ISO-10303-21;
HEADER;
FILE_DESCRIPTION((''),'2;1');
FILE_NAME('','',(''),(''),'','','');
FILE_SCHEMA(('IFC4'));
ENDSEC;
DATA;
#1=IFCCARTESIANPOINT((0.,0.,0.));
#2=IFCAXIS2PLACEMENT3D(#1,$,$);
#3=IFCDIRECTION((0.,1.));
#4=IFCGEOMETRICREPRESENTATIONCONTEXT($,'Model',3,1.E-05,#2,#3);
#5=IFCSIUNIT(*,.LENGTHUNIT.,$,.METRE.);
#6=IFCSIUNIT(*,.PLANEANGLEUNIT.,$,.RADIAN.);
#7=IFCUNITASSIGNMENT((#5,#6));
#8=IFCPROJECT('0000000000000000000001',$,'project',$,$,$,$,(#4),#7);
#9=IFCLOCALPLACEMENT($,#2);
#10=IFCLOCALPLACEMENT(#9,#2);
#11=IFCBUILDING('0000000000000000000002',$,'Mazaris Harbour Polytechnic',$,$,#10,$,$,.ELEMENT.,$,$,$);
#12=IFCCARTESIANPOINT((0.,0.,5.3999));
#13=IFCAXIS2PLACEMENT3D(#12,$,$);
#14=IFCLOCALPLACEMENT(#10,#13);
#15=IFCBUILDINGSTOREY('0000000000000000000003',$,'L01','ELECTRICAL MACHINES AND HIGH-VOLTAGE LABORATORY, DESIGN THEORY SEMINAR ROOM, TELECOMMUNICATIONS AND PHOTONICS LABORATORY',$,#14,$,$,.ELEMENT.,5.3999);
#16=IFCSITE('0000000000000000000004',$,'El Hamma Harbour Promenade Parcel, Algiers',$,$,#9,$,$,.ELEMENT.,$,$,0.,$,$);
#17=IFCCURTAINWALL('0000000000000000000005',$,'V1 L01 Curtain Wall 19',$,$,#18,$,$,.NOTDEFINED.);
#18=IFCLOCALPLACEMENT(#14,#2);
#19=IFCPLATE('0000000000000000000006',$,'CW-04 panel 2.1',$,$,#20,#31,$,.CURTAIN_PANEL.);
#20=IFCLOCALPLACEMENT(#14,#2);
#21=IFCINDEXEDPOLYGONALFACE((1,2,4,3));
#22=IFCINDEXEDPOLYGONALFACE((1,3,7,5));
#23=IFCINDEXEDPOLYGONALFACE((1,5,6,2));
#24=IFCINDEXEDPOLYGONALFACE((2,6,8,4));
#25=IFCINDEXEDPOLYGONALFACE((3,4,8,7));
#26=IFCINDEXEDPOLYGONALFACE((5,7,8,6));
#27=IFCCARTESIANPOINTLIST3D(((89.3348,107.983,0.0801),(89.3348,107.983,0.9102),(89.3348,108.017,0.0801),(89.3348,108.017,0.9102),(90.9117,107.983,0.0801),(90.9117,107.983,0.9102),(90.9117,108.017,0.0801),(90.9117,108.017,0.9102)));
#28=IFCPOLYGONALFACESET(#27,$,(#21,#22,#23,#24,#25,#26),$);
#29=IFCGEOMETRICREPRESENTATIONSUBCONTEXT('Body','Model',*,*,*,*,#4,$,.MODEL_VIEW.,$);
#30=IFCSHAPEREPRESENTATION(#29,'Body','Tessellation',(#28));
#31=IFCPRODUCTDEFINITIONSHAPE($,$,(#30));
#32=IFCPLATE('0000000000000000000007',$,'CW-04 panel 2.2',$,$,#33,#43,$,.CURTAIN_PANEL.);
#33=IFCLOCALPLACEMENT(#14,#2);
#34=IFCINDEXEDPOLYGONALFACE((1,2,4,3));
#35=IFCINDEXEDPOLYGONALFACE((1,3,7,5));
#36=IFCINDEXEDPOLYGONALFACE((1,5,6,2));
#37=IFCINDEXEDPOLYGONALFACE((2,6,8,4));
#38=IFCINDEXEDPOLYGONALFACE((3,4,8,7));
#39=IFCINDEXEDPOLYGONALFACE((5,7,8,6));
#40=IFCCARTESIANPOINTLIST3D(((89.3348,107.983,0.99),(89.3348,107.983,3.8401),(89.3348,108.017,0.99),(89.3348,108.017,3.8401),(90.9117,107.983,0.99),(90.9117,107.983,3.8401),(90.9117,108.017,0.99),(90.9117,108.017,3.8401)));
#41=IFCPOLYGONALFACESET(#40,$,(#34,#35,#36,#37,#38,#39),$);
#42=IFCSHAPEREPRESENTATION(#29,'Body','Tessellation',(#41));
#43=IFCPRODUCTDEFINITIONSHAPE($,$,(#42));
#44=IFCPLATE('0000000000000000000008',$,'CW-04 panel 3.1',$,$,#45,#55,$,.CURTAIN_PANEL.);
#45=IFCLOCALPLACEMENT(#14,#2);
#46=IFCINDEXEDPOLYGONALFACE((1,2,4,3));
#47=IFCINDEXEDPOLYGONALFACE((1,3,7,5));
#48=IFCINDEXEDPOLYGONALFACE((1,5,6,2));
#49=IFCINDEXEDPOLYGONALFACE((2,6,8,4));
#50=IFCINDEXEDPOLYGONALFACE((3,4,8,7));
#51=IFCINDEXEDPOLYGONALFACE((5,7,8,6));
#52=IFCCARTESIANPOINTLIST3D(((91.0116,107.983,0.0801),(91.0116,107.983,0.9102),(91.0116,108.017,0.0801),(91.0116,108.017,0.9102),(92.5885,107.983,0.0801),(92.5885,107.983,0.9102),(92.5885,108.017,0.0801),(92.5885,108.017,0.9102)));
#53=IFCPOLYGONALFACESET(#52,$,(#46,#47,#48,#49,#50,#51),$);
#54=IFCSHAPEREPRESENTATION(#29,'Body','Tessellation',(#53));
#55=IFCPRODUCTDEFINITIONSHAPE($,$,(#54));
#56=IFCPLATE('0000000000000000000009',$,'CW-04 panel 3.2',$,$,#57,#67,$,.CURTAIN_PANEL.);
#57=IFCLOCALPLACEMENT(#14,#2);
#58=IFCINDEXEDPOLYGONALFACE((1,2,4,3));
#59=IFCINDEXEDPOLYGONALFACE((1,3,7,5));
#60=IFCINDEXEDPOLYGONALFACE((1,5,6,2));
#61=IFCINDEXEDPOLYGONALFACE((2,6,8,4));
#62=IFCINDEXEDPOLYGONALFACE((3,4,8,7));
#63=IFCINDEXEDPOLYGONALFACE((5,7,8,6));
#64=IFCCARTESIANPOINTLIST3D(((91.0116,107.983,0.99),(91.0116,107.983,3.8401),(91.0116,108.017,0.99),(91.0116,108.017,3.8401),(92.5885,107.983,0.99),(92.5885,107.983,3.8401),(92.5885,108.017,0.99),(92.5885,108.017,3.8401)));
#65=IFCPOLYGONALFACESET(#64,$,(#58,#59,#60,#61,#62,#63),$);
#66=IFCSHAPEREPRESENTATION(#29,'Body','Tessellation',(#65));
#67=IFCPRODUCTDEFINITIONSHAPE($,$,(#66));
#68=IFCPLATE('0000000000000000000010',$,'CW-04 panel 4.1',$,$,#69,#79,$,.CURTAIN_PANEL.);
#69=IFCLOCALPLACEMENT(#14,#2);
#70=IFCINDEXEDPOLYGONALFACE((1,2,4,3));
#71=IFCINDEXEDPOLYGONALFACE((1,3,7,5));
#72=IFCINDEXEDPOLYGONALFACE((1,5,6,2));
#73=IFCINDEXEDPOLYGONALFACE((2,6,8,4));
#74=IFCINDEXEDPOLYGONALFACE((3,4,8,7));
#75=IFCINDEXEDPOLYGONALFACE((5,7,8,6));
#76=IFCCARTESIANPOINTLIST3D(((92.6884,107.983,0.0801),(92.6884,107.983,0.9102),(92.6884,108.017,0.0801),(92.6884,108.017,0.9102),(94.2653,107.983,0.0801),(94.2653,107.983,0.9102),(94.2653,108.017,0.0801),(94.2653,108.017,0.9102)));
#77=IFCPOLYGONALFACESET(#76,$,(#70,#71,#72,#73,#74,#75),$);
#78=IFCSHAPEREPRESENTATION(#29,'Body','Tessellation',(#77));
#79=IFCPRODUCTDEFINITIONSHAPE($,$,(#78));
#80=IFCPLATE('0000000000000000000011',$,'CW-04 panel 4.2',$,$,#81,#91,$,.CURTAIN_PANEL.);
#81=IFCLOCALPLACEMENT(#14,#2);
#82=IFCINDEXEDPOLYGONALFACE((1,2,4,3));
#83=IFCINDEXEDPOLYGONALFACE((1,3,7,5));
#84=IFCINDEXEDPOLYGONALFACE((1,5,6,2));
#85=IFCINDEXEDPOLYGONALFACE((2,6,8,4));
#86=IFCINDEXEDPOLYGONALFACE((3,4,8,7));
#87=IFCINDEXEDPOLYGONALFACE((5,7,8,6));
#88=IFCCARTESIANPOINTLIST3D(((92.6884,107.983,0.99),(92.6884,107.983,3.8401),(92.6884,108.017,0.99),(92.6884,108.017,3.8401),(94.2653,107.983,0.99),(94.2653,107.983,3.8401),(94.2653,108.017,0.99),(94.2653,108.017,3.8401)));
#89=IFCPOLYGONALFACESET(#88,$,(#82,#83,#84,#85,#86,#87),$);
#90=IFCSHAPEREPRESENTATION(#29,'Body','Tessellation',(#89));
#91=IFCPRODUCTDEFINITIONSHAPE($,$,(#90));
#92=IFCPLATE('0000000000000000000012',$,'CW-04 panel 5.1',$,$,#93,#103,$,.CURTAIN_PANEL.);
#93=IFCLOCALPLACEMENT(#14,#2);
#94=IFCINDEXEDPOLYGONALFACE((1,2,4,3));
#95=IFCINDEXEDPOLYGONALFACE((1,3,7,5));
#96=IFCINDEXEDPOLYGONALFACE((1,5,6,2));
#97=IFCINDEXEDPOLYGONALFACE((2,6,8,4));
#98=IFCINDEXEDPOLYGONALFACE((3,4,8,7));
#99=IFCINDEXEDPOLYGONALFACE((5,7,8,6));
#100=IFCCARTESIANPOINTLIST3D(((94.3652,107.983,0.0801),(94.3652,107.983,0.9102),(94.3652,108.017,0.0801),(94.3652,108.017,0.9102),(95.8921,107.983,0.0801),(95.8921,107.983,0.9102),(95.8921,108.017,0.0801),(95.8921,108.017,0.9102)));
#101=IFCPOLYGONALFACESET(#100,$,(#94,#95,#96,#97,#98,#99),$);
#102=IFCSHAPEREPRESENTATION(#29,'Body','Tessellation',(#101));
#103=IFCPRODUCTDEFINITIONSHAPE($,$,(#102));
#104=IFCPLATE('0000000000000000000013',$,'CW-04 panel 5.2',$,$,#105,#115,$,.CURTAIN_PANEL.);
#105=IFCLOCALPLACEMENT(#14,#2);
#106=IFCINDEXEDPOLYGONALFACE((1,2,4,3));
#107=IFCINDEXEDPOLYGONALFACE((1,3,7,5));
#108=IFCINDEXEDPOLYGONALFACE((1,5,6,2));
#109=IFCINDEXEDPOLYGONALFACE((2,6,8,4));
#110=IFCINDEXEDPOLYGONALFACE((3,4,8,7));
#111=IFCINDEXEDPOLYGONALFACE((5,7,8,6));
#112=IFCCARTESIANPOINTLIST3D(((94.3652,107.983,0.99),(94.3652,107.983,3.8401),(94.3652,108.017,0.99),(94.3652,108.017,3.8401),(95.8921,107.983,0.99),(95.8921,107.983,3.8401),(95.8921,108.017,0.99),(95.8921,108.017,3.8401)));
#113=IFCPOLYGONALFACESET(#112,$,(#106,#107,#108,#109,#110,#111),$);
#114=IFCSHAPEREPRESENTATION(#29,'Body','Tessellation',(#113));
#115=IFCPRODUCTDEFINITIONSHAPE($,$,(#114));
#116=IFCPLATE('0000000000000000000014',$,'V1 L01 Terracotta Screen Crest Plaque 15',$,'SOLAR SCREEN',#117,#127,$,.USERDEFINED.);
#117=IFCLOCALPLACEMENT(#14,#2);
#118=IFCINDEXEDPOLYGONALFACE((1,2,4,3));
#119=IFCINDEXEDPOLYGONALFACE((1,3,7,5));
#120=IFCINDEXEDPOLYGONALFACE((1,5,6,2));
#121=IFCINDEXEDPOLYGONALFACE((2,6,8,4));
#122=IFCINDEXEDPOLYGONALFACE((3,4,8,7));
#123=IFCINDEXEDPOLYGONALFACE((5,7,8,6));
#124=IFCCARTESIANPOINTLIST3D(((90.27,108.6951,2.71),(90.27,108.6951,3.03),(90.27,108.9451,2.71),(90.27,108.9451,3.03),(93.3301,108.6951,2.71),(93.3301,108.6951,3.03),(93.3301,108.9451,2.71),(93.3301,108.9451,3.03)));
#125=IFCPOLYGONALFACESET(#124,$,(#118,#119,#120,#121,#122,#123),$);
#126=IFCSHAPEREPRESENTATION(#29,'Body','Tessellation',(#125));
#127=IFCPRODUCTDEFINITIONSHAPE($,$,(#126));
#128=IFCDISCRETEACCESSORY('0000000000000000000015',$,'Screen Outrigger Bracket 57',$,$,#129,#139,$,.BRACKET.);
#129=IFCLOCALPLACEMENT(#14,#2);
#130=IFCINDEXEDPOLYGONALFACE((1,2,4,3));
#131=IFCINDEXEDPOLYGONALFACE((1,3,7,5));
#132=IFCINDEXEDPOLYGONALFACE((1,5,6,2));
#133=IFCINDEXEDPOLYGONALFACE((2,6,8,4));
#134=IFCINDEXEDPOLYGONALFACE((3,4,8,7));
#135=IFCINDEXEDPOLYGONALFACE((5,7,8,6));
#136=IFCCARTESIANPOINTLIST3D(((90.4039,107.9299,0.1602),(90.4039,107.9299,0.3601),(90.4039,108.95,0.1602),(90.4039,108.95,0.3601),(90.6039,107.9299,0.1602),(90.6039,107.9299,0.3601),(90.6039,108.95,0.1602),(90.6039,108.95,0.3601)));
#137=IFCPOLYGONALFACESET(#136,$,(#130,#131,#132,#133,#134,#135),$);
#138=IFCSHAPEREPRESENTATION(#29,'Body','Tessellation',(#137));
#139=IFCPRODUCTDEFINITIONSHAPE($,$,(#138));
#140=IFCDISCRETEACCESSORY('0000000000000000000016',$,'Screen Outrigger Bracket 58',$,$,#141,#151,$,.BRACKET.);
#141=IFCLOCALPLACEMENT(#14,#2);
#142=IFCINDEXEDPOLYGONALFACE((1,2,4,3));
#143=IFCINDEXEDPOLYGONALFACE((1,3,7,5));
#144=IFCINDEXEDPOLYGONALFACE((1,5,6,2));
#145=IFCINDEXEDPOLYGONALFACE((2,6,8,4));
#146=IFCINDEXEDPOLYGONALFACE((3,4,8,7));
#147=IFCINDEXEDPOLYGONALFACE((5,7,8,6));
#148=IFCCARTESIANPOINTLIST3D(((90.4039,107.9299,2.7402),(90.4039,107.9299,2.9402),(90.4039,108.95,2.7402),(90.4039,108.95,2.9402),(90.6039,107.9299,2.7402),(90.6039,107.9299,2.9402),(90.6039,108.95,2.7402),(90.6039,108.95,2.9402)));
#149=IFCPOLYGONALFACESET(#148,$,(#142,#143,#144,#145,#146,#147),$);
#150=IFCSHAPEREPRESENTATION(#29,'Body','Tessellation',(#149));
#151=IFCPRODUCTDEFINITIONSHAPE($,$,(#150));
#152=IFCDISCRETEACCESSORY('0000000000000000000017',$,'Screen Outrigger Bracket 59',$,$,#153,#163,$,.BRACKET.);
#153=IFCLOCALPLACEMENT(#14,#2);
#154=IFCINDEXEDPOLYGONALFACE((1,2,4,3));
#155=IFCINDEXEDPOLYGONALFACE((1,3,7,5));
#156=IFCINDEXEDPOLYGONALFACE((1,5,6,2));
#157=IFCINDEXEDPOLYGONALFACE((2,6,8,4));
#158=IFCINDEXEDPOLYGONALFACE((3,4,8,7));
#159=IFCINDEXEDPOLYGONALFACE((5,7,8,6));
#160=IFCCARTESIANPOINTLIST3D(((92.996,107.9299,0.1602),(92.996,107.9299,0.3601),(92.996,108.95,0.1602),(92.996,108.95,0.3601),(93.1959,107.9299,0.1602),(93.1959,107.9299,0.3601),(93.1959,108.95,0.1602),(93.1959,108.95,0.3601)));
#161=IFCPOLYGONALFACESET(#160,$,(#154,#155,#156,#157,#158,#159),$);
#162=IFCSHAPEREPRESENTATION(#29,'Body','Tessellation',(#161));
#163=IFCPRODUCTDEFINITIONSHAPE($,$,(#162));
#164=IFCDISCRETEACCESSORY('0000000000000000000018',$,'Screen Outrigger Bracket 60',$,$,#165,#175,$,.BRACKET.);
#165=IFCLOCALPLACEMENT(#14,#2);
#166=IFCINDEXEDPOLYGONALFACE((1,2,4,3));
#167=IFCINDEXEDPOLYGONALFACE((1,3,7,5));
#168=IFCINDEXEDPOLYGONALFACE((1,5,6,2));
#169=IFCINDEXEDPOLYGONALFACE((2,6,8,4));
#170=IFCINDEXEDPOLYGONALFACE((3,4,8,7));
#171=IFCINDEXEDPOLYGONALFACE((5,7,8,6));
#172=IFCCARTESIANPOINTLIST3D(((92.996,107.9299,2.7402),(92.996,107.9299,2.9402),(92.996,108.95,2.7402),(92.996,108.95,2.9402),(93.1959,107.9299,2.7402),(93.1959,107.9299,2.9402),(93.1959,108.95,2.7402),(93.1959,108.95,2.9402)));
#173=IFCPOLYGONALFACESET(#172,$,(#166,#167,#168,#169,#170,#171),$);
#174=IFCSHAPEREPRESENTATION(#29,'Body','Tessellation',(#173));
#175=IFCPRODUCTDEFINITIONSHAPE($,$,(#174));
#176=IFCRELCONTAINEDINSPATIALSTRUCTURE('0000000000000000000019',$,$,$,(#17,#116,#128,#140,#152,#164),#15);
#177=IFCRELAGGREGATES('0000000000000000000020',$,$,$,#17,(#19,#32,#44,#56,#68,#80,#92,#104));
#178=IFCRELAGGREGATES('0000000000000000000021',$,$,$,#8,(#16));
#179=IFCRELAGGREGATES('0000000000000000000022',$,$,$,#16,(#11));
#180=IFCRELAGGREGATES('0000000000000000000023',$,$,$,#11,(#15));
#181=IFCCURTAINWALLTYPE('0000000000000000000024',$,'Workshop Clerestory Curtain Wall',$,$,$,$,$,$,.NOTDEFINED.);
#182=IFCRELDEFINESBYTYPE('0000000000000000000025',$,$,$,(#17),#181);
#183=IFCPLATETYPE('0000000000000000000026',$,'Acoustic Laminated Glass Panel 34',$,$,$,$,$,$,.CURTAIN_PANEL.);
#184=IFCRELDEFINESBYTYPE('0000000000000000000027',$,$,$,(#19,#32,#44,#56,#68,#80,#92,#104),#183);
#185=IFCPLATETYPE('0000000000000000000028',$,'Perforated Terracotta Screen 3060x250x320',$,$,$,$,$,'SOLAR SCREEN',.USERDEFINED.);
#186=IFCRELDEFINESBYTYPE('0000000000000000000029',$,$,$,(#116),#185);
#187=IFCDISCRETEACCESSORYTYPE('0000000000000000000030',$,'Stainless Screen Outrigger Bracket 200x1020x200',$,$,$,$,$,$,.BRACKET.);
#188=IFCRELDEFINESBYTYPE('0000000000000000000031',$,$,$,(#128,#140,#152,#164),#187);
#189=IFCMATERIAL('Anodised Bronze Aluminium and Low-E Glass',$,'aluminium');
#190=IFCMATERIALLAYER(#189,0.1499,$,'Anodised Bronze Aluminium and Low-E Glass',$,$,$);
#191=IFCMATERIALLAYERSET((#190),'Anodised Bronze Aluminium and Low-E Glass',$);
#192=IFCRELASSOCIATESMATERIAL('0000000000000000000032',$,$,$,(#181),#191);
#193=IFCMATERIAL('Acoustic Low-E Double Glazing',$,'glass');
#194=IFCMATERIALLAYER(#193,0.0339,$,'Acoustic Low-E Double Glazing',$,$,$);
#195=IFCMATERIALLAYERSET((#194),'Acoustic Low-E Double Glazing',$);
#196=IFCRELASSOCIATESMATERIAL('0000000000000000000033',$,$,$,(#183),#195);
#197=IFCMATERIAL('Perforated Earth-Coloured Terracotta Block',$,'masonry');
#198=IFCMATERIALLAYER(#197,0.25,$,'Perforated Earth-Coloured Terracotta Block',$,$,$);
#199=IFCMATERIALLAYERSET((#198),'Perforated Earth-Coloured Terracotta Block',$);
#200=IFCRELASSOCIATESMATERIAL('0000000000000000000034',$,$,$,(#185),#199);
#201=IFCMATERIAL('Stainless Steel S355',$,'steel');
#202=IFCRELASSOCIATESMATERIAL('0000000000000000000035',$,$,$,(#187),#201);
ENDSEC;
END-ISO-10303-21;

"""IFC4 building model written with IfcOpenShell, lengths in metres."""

from ifc_helpers import new_model, si_unit, direction, frame, origin, origin_2d, place, context, subcontext, project, spatial, rectangle, extrude, material, layer, layer_set, type_object, element, aggregate, save


model = new_model("IFC4")

# Units and contexts
model_context = context("Model", 3, precision=1e-05, world=origin(), true_north=direction((0.0, 1.0)))
body_context = subcontext(model_context, "Body", "Model", "MODEL_VIEW")
ifc_project = project(units=[si_unit("LENGTHUNIT", "METRE"), si_unit("PLANEANGLEUNIT", "RADIAN")], contexts=[model_context])

# Site, building, storey
site_placement = place(None, origin())
site = spatial("IfcSite", under=ifc_project, at=site_placement, Name="El Hamma Harbour Promenade Parcel, Algiers", CompositionType="ELEMENT", RefElevation=0.0)
building_placement = place(site_placement, origin())
building = spatial("IfcBuilding", under=site, at=building_placement, Name="Mazaris Harbour Polytechnic", CompositionType="ELEMENT")
storey_placement = place(building_placement, frame((0.0, 0.0, 5.3999)))
storey = spatial("IfcBuildingStorey", under=building, at=storey_placement, Name="L01", Description="ELECTRICAL MACHINES AND HIGH-VOLTAGE LABORATORY, DESIGN THEORY SEMINAR ROOM, TELECOMMUNICATIONS AND PHOTONICS LABORATORY", CompositionType="ELEMENT", Elevation=5.3999)

# Curtain wall, plates
ifc_material_1 = material(Name="Anodised Bronze Aluminium and Low-E Glass", Category="aluminium")
ifc_layer_1 = layer(ifc_material_1, 0.1499, Name="Anodised Bronze Aluminium and Low-E Glass")
ifc_layer_set_1 = layer_set([ifc_layer_1], Name="Anodised Bronze Aluminium and Low-E Glass")
curtain_wall_type = type_object("IfcCurtainWallType", Name="Workshop Clerestory Curtain Wall", PredefinedType="NOTDEFINED", material=ifc_layer_set_1)
curtain_wall_placement = place(storey_placement, origin())
curtain_wall = element("IfcCurtainWall", 1, at=curtain_wall_placement, inside=storey, type_object=curtain_wall_type, Name="V1 L01 Curtain Wall 19", PredefinedType="NOTDEFINED")
ifc_material_2 = material(Name="Acoustic Low-E Double Glazing", Category="glass")
ifc_layer_2 = layer(ifc_material_2, 0.0339, Name="Acoustic Low-E Double Glazing")
ifc_layer_set_2 = layer_set([ifc_layer_2], Name="Acoustic Low-E Double Glazing")
plate_type_1 = type_object("IfcPlateType", Name="Acoustic Laminated Glass Panel 34", PredefinedType="CURTAIN_PANEL", material=ifc_layer_set_2)
plate_1_placement = place(storey_placement, frame((90.1233, 108.0, 0.0801), z_axis=(0.0, 0.0, 1.0), x_axis=(1.0, 0.0, 0.0)))
plate_1 = element("IfcPlate", 2, at=plate_1_placement, type_object=plate_type_1, Name="CW-04 panel 2.1", PredefinedType="CURTAIN_PANEL", context=body_context, shape_type="SweptSolid", body=[
    extrude(rectangle(XDim=1.5769, YDim=0.0339, at=origin_2d()), origin(), (0.0, 0.0, 1.0), 0.8301),
])
plate_2_placement = place(storey_placement, frame((90.1233, 108.0, 0.99), z_axis=(0.0, 0.0, 1.0), x_axis=(1.0, 0.0, 0.0)))
plate_2 = element("IfcPlate", 3, at=plate_2_placement, type_object=plate_type_1, Name="CW-04 panel 2.2", PredefinedType="CURTAIN_PANEL", context=body_context, shape_type="SweptSolid", body=[
    extrude(rectangle(XDim=1.5769, YDim=0.0339, at=origin_2d()), origin(), (0.0, 0.0, 1.0), 2.8501),
])
plate_3_placement = place(storey_placement, frame((91.8, 108.0, 0.0801), z_axis=(0.0, 0.0, 1.0), x_axis=(1.0, 0.0, 0.0)))
plate_3 = element("IfcPlate", 4, at=plate_3_placement, type_object=plate_type_1, Name="CW-04 panel 3.1", PredefinedType="CURTAIN_PANEL", context=body_context, shape_type="SweptSolid", body=[
    extrude(rectangle(XDim=1.5769, YDim=0.0339, at=origin_2d()), origin(), (0.0, 0.0, 1.0), 0.8301),
])
plate_4_placement = place(storey_placement, frame((91.8, 108.0, 0.99), z_axis=(0.0, 0.0, 1.0), x_axis=(1.0, 0.0, 0.0)))
plate_4 = element("IfcPlate", 5, at=plate_4_placement, type_object=plate_type_1, Name="CW-04 panel 3.2", PredefinedType="CURTAIN_PANEL", context=body_context, shape_type="SweptSolid", body=[
    extrude(rectangle(XDim=1.5769, YDim=0.0339, at=origin_2d()), origin(), (0.0, 0.0, 1.0), 2.8501),
])
plate_5_placement = place(storey_placement, frame((93.4768, 108.0, 0.0801), z_axis=(0.0, 0.0, 1.0), x_axis=(1.0, 0.0, 0.0)))
plate_5 = element("IfcPlate", 6, at=plate_5_placement, type_object=plate_type_1, Name="CW-04 panel 4.1", PredefinedType="CURTAIN_PANEL", context=body_context, shape_type="SweptSolid", body=[
    extrude(rectangle(XDim=1.5769, YDim=0.0339, at=origin_2d()), origin(), (0.0, 0.0, 1.0), 0.8301),
])
plate_6_placement = place(storey_placement, frame((93.4768, 108.0, 0.99), z_axis=(0.0, 0.0, 1.0), x_axis=(1.0, 0.0, 0.0)))
plate_6 = element("IfcPlate", 7, at=plate_6_placement, type_object=plate_type_1, Name="CW-04 panel 4.2", PredefinedType="CURTAIN_PANEL", context=body_context, shape_type="SweptSolid", body=[
    extrude(rectangle(XDim=1.5769, YDim=0.0339, at=origin_2d()), origin(), (0.0, 0.0, 1.0), 2.8501),
])
plate_7_placement = place(storey_placement, frame((95.1287, 108.0, 0.0801), z_axis=(0.0, 0.0, 1.0), x_axis=(1.0, 0.0, 0.0)))
plate_7 = element("IfcPlate", 8, at=plate_7_placement, type_object=plate_type_1, Name="CW-04 panel 5.1", PredefinedType="CURTAIN_PANEL", context=body_context, shape_type="SweptSolid", body=[
    extrude(rectangle(XDim=1.5269, YDim=0.0339, at=origin_2d()), origin(), (0.0, 0.0, 1.0), 0.8301),
])
plate_8_placement = place(storey_placement, frame((95.1287, 108.0, 0.99), z_axis=(0.0, 0.0, 1.0), x_axis=(1.0, 0.0, 0.0)))
plate_8 = element("IfcPlate", 9, at=plate_8_placement, type_object=plate_type_1, Name="CW-04 panel 5.2", PredefinedType="CURTAIN_PANEL", context=body_context, shape_type="SweptSolid", body=[
    extrude(rectangle(XDim=1.5269, YDim=0.0339, at=origin_2d()), origin(), (0.0, 0.0, 1.0), 2.8501),
])
aggregate(curtain_wall, [plate_1, plate_2, plate_3, plate_4, plate_5, plate_6, plate_7, plate_8])

# Plate
ifc_material_3 = material(Name="Perforated Earth-Coloured Terracotta Block", Category="masonry")
ifc_layer_3 = layer(ifc_material_3, 0.25, Name="Perforated Earth-Coloured Terracotta Block")
ifc_layer_set_3 = layer_set([ifc_layer_3], Name="Perforated Earth-Coloured Terracotta Block")
plate_type_2 = type_object("IfcPlateType", Name="Perforated Terracotta Screen 3060x250x320", ElementType="SOLAR SCREEN", PredefinedType="USERDEFINED", material=ifc_layer_set_3)
plate_9_placement = place(storey_placement, frame((91.8, 108.8201, 2.71), z_axis=(0.0, 0.0, 1.0), x_axis=(1.0, 0.0, 0.0)))
element("IfcPlate", 10, at=plate_9_placement, inside=storey, type_object=plate_type_2, Name="V1 L01 Terracotta Screen Crest Plaque 15", ObjectType="SOLAR SCREEN", PredefinedType="USERDEFINED", context=body_context, shape_type="SweptSolid", body=[
    extrude(rectangle(XDim=3.0601, YDim=0.25, at=origin_2d()), origin(), (0.0, 0.0, 1.0), 0.3201),
])

# Discrete accessories
ifc_material_4 = material(Name="Stainless Steel S355", Category="steel")
discrete_accessory_type = type_object("IfcDiscreteAccessoryType", Name="Stainless Screen Outrigger Bracket 200x1020x200", PredefinedType="BRACKET", material=ifc_material_4)
for number, where, z_axis, x_axis, name in (
    (11, (90.5039, 108.4399, 0.1602), (0.0, 0.0, 1.0), (1.0, 0.0, 0.0), "Screen Outrigger Bracket 57"),
    (12, (90.5039, 108.4399, 2.7402), (0.0, 0.0, 1.0), (1.0, 0.0, 0.0), "Screen Outrigger Bracket 58"),
    (13, (93.0959, 108.4399, 0.1602), (0.0, 0.0, 1.0), (1.0, 0.0, 0.0), "Screen Outrigger Bracket 59"),
    (14, (93.0959, 108.4399, 2.7402), (0.0, 0.0, 1.0), (1.0, 0.0, 0.0), "Screen Outrigger Bracket 60"),
):
    element("IfcDiscreteAccessory", number, at=place(storey_placement, frame(where, z_axis=z_axis, x_axis=x_axis)), inside=storey, type_object=discrete_accessory_type, Name=name, PredefinedType="BRACKET", context=body_context, shape_type="SweptSolid", body=[
        extrude(rectangle(XDim=0.2, YDim=1.02, at=origin_2d()), origin(), (0.0, 0.0, 1.0), 0.2),
    ])

save(model, "model.ifc")
